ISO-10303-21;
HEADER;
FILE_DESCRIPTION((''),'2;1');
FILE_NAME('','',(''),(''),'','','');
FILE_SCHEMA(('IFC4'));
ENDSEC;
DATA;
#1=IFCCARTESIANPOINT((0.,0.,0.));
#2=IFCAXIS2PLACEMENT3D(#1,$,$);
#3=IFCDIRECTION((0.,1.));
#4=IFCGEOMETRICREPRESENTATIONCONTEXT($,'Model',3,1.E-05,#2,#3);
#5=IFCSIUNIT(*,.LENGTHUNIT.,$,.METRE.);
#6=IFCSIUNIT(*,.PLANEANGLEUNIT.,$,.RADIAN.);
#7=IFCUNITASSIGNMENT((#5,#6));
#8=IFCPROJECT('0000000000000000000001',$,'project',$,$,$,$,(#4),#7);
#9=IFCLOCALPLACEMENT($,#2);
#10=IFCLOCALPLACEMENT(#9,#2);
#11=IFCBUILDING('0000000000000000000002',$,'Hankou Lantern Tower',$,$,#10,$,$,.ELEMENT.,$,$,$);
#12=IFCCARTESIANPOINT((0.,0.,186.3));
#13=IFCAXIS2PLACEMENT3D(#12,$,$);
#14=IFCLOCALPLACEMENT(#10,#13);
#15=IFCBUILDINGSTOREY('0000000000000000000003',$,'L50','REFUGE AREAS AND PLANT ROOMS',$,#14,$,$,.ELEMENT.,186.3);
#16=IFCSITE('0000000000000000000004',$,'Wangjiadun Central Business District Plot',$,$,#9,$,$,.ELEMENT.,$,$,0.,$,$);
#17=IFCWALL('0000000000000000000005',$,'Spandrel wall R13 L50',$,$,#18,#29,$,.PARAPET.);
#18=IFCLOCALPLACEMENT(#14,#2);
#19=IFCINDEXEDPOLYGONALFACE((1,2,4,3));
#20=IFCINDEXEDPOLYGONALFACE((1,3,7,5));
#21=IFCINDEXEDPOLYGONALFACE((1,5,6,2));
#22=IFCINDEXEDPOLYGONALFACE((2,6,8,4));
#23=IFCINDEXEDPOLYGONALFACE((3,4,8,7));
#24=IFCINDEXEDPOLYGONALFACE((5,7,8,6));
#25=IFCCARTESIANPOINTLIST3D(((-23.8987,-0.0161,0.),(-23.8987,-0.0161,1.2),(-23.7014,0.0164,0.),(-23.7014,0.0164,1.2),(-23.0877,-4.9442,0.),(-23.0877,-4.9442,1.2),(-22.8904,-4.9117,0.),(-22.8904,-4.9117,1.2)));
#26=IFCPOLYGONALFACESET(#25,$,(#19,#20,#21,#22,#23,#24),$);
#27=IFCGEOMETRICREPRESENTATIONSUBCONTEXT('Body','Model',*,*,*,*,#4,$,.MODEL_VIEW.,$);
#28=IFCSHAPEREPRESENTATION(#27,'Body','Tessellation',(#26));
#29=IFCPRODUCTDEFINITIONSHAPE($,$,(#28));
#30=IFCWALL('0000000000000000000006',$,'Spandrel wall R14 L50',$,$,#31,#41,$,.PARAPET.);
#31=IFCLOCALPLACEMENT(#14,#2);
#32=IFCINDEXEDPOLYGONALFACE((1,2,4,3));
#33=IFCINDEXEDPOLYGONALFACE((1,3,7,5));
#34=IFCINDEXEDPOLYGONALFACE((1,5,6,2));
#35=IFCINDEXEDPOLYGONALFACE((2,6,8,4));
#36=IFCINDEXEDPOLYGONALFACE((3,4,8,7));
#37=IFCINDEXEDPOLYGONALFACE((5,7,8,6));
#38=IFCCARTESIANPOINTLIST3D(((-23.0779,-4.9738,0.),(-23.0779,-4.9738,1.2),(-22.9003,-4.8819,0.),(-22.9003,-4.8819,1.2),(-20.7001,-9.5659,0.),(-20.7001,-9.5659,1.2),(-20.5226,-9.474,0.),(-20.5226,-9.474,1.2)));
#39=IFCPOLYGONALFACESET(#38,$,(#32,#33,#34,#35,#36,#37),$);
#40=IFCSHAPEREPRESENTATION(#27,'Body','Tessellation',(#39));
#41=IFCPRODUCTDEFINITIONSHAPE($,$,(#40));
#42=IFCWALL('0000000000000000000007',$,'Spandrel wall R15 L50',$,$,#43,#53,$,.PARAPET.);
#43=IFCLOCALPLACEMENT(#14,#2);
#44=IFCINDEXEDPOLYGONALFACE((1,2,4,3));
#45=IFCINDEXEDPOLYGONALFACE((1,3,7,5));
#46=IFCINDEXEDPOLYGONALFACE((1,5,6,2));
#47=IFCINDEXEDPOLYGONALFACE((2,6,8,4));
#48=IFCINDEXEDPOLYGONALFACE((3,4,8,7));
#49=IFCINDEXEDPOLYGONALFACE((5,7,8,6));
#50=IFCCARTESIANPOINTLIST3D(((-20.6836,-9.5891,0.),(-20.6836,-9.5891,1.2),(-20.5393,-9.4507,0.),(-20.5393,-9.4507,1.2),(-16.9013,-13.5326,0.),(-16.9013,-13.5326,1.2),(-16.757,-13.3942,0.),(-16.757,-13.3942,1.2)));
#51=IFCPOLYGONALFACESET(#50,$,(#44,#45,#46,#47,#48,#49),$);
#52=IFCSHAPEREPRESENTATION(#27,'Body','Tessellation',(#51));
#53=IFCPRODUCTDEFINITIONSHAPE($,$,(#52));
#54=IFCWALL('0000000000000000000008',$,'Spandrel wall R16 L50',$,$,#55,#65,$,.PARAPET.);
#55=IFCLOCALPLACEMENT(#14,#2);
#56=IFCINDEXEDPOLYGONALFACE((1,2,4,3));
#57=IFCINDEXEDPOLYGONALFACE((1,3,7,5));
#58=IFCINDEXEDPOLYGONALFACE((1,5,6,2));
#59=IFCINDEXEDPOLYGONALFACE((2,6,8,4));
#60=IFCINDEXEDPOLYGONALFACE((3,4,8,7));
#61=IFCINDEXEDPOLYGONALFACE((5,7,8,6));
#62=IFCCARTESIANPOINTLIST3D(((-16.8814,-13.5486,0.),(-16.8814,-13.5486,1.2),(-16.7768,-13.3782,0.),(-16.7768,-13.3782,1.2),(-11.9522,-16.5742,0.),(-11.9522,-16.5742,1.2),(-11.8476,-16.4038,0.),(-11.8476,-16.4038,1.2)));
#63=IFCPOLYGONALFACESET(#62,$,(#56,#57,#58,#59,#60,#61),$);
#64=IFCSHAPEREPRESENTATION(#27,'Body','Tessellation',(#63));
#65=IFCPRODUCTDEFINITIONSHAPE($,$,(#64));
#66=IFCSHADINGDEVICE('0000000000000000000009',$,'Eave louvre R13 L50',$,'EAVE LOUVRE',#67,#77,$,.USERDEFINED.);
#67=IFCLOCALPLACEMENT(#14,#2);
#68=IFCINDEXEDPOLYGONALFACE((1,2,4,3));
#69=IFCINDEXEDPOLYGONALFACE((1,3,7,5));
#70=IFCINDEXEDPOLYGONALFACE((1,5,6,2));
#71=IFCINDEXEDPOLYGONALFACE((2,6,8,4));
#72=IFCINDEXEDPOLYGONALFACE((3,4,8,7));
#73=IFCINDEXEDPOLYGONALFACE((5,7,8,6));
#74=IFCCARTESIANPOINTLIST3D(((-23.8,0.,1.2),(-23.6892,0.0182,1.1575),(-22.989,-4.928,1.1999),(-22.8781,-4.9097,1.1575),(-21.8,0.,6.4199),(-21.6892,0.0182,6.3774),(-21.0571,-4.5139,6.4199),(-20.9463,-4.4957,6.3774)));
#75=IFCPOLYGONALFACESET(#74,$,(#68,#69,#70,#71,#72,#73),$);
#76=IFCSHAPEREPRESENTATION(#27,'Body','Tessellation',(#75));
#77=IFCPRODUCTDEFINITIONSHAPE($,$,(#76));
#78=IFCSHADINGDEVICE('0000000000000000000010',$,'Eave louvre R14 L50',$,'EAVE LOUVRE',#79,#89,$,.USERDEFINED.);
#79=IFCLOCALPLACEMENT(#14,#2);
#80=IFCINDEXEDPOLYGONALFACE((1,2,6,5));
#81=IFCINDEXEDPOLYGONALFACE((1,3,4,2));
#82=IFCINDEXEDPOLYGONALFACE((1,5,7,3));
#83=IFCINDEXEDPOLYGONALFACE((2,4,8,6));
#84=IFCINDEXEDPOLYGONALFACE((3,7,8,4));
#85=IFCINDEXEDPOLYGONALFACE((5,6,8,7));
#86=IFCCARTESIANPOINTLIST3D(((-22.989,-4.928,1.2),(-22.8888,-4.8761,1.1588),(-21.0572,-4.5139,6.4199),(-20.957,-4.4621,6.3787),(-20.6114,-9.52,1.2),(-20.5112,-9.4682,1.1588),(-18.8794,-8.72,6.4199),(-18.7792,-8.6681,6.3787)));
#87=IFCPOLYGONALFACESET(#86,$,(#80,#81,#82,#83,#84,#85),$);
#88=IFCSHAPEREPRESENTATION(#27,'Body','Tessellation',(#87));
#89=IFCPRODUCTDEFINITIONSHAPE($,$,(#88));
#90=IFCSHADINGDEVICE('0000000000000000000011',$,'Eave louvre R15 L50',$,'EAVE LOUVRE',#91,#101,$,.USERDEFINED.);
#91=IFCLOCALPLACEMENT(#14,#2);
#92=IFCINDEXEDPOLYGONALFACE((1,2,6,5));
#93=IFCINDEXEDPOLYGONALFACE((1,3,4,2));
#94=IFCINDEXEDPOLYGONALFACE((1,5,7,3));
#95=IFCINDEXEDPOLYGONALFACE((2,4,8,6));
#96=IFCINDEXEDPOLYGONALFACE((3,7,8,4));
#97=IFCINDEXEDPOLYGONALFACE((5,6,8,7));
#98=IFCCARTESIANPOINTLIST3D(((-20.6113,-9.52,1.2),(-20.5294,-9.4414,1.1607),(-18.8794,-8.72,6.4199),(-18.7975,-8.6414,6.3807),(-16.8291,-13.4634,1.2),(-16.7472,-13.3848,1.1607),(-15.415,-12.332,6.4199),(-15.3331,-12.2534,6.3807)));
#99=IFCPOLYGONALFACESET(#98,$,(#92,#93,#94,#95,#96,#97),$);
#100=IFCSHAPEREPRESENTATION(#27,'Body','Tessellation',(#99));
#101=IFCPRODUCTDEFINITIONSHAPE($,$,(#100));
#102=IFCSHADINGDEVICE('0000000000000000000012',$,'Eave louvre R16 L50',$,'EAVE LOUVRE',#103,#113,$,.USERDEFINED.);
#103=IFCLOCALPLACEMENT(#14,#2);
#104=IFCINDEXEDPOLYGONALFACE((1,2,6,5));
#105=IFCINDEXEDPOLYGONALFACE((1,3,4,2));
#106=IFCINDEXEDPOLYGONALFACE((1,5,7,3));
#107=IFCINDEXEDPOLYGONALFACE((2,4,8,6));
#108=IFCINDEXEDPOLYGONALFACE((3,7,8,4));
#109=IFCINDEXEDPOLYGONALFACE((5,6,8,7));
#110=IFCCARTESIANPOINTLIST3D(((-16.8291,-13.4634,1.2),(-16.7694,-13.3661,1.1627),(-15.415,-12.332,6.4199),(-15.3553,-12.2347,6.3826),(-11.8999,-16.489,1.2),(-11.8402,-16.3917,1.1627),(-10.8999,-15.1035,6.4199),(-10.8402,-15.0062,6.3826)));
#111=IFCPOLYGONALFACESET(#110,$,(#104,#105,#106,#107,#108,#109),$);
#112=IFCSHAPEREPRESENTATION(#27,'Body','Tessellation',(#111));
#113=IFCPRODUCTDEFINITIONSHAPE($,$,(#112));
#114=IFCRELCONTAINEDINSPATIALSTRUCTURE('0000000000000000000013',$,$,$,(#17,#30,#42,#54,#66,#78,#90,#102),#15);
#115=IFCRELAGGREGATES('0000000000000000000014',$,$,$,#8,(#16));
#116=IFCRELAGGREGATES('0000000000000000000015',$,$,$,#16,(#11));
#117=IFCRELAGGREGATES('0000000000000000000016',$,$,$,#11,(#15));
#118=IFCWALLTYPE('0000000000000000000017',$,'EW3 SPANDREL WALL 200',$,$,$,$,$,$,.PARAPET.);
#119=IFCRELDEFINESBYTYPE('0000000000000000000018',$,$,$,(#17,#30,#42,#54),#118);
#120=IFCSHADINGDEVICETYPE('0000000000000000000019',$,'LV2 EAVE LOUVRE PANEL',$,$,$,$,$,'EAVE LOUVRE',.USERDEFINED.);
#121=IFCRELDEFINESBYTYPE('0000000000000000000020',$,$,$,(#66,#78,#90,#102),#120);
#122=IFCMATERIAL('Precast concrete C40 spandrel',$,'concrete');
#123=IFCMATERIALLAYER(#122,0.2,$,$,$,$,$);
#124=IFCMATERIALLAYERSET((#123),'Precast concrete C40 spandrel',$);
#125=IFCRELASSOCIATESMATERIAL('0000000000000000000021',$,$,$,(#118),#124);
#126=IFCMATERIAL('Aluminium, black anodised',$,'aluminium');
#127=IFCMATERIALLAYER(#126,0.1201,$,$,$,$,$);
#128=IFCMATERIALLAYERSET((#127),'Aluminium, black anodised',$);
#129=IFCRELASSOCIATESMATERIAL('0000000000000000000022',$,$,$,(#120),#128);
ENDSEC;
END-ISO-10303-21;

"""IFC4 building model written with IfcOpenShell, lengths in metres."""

from ifc_helpers import new_model, si_unit, direction, frame, frame_2d, origin, place, context, subcontext, project, spatial, polyline, rectangle, outline, extrude, material, layer, layer_set, type_object, element, save


model = new_model("IFC4")

# Units and contexts
model_context = context("Model", 3, precision=1e-05, world=origin(), true_north=direction((0.0, 1.0)))
body_context = subcontext(model_context, "Body", "Model", "MODEL_VIEW")
ifc_project = project(units=[si_unit("LENGTHUNIT", "METRE"), si_unit("PLANEANGLEUNIT", "RADIAN")], contexts=[model_context])

# Site, building, storey
site_placement = place(None, origin())
site = spatial("IfcSite", under=ifc_project, at=site_placement, Name="Wangjiadun Central Business District Plot", CompositionType="ELEMENT", RefElevation=0.0)
building_placement = place(site_placement, origin())
building = spatial("IfcBuilding", under=site, at=building_placement, Name="Hankou Lantern Tower", CompositionType="ELEMENT")
storey_placement = place(building_placement, frame((0.0, 0.0, 186.3)))
storey = spatial("IfcBuildingStorey", under=building, at=storey_placement, Name="L50", Description="REFUGE AREAS AND PLANT ROOMS", CompositionType="ELEMENT", Elevation=186.3)

# Walls
ifc_material_1 = material(Name="Precast concrete C40 spandrel", Category="concrete")
ifc_layer_1 = layer(ifc_material_1, 0.2)
ifc_layer_set_1 = layer_set([ifc_layer_1], Name="Precast concrete C40 spandrel")
wall_type_1 = type_object("IfcWallType", Name="EW3 SPANDREL WALL 200", PredefinedType="PARAPET", material=ifc_layer_set_1)
wall_1_placement = place(storey_placement, frame((-23.8, 0.0, 0.0), z_axis=(0.0, 0.0, 1.0), x_axis=(0.162393, -0.986726, 0.0)))
element("IfcWall", 1, at=wall_1_placement, inside=storey, type_object=wall_type_1, Name="Spandrel wall R13 L50", PredefinedType="PARAPET", context=body_context, shape_type="SweptSolid", body=[
    extrude(rectangle(XDim=4.9944, YDim=0.2, at=frame_2d((2.4971, 0.0))), origin(), (0.0, 0.0, 1.0), 1.2),
])
wall_2_placement = place(storey_placement, frame((-22.989, -4.928, 0.0), z_axis=(0.0, 0.0, 1.0), x_axis=(0.459803, -0.888021, 0.0)))
element("IfcWall", 2, at=wall_2_placement, inside=storey, type_object=wall_type_1, Name="Spandrel wall R14 L50", PredefinedType="PARAPET", context=body_context, shape_type="SweptSolid", body=[
    extrude(rectangle(XDim=5.1711, YDim=0.2, at=frame_2d((2.5854, 0.0))), origin(), (0.0, 0.0, 1.0), 1.2),
])
wall_3_placement = place(storey_placement, frame((-20.6113, -9.52, 0.0), z_axis=(0.0, 0.0, 1.0), x_axis=(0.692208, -0.721698, 0.0)))
element("IfcWall", 3, at=wall_3_placement, inside=storey, type_object=wall_type_1, Name="Spandrel wall R15 L50", PredefinedType="PARAPET", context=body_context, shape_type="SweptSolid", body=[
    extrude(rectangle(XDim=5.4641, YDim=0.2, at=frame_2d((2.7319, 0.0))), origin(), (0.0, 0.0, 1.0), 1.2),
])
wall_4_placement = place(storey_placement, frame((-16.8291, -13.4634, 0.0), z_axis=(0.0, 0.0, 1.0), x_axis=(0.852253, -0.523129, 0.0)))
element("IfcWall", 4, at=wall_4_placement, inside=storey, type_object=wall_type_1, Name="Spandrel wall R16 L50", PredefinedType="PARAPET", context=body_context, shape_type="SweptSolid", body=[
    extrude(rectangle(XDim=5.7837, YDim=0.2, at=frame_2d((2.8918, 0.0))), origin(), (0.0, 0.0, 1.0), 1.2),
])

# Shading devices
ifc_material_2 = material(Name="Aluminium, black anodised", Category="aluminium")
ifc_layer_2 = layer(ifc_material_2, 0.1201)
ifc_layer_set_2 = layer_set([ifc_layer_2], Name="Aluminium, black anodised")
shading_device_type = type_object("IfcShadingDeviceType", Name="LV2 EAVE LOUVRE PANEL", ElementType="EAVE LOUVRE", PredefinedType="USERDEFINED", material=ifc_layer_set_2)
shading_device_1_placement = place(storey_placement, frame((-23.8, 0.0, 1.2), z_axis=(-0.922968, -0.151903, 0.353632), x_axis=(0.162396, -0.986726, -0.000001)))
element("IfcShadingDevice", 5, at=shading_device_1_placement, inside=storey, type_object=shading_device_type, Name="Eave louvre R13 L50", ObjectType="EAVE LOUVRE", PredefinedType="USERDEFINED", context=body_context, shape_type="SweptSolid", body=[
    extrude(outline(polyline([(0.0, 0.0), (4.9943, 0.0), (4.8994, 5.5806), (0.3248, 5.5806), (0.0, 0.0)])), origin(), (0.0, 0.0, -1.0), 0.1201),
])
shading_device_2_placement = place(storey_placement, frame((-22.989, -4.928, 1.2), z_axis=(-0.834162, -0.431907, 0.342972), x_axis=(0.459796, -0.888024, 0.000003)))
element("IfcShadingDevice", 6, at=shading_device_2_placement, inside=storey, type_object=shading_device_type, Name="Eave louvre R14 L50", ObjectType="EAVE LOUVRE", PredefinedType="USERDEFINED", context=body_context, shape_type="SweptSolid", body=[
    extrude(outline(polyline([(0.0, 0.0), (5.1711, 0.0), (5.257, 5.557), (0.5206, 5.557), (0.0, 0.0)])), origin(), (0.0, 0.0, -1.0), 0.1201),
])
shading_device_3_placement = place(storey_placement, frame((-20.6113, -9.52, 1.2), z_axis=(-0.682129, -0.654246, 0.32659), x_axis=(0.692203, -0.721703, 0.000002)))
element("IfcShadingDevice", 7, at=shading_device_3_placement, inside=storey, type_object=shading_device_type, Name="Eave louvre R15 L50", ObjectType="EAVE LOUVRE", PredefinedType="USERDEFINED", context=body_context, shape_type="SweptSolid", body=[
    extrude(outline(polyline([(0.0, 0.0), (5.464, 0.0), (5.6263, 5.5228), (0.6215, 5.5228), (0.0, 0.0)])), origin(), (0.0, 0.0, -1.0), 0.1201),
])
shading_device_4_placement = place(storey_placement, frame((-16.8291, -13.4634, 1.2), z_axis=(-0.497305, -0.810182, 0.310311), x_axis=(0.852253, -0.52313, 0.0)))
element("IfcShadingDevice", 8, at=shading_device_4_placement, inside=storey, type_object=shading_device_type, Name="Eave louvre R16 L50", ObjectType="EAVE LOUVRE", PredefinedType="USERDEFINED", context=body_context, shape_type="SweptSolid", body=[
    extrude(outline(polyline([(0.0, 0.0), (5.7837, 0.0), (5.9112, 5.491), (0.6133, 5.491), (0.0, 0.0)])), origin(), (0.0, 0.0, -1.0), 0.1201),
])

save(model, "model.ifc")
